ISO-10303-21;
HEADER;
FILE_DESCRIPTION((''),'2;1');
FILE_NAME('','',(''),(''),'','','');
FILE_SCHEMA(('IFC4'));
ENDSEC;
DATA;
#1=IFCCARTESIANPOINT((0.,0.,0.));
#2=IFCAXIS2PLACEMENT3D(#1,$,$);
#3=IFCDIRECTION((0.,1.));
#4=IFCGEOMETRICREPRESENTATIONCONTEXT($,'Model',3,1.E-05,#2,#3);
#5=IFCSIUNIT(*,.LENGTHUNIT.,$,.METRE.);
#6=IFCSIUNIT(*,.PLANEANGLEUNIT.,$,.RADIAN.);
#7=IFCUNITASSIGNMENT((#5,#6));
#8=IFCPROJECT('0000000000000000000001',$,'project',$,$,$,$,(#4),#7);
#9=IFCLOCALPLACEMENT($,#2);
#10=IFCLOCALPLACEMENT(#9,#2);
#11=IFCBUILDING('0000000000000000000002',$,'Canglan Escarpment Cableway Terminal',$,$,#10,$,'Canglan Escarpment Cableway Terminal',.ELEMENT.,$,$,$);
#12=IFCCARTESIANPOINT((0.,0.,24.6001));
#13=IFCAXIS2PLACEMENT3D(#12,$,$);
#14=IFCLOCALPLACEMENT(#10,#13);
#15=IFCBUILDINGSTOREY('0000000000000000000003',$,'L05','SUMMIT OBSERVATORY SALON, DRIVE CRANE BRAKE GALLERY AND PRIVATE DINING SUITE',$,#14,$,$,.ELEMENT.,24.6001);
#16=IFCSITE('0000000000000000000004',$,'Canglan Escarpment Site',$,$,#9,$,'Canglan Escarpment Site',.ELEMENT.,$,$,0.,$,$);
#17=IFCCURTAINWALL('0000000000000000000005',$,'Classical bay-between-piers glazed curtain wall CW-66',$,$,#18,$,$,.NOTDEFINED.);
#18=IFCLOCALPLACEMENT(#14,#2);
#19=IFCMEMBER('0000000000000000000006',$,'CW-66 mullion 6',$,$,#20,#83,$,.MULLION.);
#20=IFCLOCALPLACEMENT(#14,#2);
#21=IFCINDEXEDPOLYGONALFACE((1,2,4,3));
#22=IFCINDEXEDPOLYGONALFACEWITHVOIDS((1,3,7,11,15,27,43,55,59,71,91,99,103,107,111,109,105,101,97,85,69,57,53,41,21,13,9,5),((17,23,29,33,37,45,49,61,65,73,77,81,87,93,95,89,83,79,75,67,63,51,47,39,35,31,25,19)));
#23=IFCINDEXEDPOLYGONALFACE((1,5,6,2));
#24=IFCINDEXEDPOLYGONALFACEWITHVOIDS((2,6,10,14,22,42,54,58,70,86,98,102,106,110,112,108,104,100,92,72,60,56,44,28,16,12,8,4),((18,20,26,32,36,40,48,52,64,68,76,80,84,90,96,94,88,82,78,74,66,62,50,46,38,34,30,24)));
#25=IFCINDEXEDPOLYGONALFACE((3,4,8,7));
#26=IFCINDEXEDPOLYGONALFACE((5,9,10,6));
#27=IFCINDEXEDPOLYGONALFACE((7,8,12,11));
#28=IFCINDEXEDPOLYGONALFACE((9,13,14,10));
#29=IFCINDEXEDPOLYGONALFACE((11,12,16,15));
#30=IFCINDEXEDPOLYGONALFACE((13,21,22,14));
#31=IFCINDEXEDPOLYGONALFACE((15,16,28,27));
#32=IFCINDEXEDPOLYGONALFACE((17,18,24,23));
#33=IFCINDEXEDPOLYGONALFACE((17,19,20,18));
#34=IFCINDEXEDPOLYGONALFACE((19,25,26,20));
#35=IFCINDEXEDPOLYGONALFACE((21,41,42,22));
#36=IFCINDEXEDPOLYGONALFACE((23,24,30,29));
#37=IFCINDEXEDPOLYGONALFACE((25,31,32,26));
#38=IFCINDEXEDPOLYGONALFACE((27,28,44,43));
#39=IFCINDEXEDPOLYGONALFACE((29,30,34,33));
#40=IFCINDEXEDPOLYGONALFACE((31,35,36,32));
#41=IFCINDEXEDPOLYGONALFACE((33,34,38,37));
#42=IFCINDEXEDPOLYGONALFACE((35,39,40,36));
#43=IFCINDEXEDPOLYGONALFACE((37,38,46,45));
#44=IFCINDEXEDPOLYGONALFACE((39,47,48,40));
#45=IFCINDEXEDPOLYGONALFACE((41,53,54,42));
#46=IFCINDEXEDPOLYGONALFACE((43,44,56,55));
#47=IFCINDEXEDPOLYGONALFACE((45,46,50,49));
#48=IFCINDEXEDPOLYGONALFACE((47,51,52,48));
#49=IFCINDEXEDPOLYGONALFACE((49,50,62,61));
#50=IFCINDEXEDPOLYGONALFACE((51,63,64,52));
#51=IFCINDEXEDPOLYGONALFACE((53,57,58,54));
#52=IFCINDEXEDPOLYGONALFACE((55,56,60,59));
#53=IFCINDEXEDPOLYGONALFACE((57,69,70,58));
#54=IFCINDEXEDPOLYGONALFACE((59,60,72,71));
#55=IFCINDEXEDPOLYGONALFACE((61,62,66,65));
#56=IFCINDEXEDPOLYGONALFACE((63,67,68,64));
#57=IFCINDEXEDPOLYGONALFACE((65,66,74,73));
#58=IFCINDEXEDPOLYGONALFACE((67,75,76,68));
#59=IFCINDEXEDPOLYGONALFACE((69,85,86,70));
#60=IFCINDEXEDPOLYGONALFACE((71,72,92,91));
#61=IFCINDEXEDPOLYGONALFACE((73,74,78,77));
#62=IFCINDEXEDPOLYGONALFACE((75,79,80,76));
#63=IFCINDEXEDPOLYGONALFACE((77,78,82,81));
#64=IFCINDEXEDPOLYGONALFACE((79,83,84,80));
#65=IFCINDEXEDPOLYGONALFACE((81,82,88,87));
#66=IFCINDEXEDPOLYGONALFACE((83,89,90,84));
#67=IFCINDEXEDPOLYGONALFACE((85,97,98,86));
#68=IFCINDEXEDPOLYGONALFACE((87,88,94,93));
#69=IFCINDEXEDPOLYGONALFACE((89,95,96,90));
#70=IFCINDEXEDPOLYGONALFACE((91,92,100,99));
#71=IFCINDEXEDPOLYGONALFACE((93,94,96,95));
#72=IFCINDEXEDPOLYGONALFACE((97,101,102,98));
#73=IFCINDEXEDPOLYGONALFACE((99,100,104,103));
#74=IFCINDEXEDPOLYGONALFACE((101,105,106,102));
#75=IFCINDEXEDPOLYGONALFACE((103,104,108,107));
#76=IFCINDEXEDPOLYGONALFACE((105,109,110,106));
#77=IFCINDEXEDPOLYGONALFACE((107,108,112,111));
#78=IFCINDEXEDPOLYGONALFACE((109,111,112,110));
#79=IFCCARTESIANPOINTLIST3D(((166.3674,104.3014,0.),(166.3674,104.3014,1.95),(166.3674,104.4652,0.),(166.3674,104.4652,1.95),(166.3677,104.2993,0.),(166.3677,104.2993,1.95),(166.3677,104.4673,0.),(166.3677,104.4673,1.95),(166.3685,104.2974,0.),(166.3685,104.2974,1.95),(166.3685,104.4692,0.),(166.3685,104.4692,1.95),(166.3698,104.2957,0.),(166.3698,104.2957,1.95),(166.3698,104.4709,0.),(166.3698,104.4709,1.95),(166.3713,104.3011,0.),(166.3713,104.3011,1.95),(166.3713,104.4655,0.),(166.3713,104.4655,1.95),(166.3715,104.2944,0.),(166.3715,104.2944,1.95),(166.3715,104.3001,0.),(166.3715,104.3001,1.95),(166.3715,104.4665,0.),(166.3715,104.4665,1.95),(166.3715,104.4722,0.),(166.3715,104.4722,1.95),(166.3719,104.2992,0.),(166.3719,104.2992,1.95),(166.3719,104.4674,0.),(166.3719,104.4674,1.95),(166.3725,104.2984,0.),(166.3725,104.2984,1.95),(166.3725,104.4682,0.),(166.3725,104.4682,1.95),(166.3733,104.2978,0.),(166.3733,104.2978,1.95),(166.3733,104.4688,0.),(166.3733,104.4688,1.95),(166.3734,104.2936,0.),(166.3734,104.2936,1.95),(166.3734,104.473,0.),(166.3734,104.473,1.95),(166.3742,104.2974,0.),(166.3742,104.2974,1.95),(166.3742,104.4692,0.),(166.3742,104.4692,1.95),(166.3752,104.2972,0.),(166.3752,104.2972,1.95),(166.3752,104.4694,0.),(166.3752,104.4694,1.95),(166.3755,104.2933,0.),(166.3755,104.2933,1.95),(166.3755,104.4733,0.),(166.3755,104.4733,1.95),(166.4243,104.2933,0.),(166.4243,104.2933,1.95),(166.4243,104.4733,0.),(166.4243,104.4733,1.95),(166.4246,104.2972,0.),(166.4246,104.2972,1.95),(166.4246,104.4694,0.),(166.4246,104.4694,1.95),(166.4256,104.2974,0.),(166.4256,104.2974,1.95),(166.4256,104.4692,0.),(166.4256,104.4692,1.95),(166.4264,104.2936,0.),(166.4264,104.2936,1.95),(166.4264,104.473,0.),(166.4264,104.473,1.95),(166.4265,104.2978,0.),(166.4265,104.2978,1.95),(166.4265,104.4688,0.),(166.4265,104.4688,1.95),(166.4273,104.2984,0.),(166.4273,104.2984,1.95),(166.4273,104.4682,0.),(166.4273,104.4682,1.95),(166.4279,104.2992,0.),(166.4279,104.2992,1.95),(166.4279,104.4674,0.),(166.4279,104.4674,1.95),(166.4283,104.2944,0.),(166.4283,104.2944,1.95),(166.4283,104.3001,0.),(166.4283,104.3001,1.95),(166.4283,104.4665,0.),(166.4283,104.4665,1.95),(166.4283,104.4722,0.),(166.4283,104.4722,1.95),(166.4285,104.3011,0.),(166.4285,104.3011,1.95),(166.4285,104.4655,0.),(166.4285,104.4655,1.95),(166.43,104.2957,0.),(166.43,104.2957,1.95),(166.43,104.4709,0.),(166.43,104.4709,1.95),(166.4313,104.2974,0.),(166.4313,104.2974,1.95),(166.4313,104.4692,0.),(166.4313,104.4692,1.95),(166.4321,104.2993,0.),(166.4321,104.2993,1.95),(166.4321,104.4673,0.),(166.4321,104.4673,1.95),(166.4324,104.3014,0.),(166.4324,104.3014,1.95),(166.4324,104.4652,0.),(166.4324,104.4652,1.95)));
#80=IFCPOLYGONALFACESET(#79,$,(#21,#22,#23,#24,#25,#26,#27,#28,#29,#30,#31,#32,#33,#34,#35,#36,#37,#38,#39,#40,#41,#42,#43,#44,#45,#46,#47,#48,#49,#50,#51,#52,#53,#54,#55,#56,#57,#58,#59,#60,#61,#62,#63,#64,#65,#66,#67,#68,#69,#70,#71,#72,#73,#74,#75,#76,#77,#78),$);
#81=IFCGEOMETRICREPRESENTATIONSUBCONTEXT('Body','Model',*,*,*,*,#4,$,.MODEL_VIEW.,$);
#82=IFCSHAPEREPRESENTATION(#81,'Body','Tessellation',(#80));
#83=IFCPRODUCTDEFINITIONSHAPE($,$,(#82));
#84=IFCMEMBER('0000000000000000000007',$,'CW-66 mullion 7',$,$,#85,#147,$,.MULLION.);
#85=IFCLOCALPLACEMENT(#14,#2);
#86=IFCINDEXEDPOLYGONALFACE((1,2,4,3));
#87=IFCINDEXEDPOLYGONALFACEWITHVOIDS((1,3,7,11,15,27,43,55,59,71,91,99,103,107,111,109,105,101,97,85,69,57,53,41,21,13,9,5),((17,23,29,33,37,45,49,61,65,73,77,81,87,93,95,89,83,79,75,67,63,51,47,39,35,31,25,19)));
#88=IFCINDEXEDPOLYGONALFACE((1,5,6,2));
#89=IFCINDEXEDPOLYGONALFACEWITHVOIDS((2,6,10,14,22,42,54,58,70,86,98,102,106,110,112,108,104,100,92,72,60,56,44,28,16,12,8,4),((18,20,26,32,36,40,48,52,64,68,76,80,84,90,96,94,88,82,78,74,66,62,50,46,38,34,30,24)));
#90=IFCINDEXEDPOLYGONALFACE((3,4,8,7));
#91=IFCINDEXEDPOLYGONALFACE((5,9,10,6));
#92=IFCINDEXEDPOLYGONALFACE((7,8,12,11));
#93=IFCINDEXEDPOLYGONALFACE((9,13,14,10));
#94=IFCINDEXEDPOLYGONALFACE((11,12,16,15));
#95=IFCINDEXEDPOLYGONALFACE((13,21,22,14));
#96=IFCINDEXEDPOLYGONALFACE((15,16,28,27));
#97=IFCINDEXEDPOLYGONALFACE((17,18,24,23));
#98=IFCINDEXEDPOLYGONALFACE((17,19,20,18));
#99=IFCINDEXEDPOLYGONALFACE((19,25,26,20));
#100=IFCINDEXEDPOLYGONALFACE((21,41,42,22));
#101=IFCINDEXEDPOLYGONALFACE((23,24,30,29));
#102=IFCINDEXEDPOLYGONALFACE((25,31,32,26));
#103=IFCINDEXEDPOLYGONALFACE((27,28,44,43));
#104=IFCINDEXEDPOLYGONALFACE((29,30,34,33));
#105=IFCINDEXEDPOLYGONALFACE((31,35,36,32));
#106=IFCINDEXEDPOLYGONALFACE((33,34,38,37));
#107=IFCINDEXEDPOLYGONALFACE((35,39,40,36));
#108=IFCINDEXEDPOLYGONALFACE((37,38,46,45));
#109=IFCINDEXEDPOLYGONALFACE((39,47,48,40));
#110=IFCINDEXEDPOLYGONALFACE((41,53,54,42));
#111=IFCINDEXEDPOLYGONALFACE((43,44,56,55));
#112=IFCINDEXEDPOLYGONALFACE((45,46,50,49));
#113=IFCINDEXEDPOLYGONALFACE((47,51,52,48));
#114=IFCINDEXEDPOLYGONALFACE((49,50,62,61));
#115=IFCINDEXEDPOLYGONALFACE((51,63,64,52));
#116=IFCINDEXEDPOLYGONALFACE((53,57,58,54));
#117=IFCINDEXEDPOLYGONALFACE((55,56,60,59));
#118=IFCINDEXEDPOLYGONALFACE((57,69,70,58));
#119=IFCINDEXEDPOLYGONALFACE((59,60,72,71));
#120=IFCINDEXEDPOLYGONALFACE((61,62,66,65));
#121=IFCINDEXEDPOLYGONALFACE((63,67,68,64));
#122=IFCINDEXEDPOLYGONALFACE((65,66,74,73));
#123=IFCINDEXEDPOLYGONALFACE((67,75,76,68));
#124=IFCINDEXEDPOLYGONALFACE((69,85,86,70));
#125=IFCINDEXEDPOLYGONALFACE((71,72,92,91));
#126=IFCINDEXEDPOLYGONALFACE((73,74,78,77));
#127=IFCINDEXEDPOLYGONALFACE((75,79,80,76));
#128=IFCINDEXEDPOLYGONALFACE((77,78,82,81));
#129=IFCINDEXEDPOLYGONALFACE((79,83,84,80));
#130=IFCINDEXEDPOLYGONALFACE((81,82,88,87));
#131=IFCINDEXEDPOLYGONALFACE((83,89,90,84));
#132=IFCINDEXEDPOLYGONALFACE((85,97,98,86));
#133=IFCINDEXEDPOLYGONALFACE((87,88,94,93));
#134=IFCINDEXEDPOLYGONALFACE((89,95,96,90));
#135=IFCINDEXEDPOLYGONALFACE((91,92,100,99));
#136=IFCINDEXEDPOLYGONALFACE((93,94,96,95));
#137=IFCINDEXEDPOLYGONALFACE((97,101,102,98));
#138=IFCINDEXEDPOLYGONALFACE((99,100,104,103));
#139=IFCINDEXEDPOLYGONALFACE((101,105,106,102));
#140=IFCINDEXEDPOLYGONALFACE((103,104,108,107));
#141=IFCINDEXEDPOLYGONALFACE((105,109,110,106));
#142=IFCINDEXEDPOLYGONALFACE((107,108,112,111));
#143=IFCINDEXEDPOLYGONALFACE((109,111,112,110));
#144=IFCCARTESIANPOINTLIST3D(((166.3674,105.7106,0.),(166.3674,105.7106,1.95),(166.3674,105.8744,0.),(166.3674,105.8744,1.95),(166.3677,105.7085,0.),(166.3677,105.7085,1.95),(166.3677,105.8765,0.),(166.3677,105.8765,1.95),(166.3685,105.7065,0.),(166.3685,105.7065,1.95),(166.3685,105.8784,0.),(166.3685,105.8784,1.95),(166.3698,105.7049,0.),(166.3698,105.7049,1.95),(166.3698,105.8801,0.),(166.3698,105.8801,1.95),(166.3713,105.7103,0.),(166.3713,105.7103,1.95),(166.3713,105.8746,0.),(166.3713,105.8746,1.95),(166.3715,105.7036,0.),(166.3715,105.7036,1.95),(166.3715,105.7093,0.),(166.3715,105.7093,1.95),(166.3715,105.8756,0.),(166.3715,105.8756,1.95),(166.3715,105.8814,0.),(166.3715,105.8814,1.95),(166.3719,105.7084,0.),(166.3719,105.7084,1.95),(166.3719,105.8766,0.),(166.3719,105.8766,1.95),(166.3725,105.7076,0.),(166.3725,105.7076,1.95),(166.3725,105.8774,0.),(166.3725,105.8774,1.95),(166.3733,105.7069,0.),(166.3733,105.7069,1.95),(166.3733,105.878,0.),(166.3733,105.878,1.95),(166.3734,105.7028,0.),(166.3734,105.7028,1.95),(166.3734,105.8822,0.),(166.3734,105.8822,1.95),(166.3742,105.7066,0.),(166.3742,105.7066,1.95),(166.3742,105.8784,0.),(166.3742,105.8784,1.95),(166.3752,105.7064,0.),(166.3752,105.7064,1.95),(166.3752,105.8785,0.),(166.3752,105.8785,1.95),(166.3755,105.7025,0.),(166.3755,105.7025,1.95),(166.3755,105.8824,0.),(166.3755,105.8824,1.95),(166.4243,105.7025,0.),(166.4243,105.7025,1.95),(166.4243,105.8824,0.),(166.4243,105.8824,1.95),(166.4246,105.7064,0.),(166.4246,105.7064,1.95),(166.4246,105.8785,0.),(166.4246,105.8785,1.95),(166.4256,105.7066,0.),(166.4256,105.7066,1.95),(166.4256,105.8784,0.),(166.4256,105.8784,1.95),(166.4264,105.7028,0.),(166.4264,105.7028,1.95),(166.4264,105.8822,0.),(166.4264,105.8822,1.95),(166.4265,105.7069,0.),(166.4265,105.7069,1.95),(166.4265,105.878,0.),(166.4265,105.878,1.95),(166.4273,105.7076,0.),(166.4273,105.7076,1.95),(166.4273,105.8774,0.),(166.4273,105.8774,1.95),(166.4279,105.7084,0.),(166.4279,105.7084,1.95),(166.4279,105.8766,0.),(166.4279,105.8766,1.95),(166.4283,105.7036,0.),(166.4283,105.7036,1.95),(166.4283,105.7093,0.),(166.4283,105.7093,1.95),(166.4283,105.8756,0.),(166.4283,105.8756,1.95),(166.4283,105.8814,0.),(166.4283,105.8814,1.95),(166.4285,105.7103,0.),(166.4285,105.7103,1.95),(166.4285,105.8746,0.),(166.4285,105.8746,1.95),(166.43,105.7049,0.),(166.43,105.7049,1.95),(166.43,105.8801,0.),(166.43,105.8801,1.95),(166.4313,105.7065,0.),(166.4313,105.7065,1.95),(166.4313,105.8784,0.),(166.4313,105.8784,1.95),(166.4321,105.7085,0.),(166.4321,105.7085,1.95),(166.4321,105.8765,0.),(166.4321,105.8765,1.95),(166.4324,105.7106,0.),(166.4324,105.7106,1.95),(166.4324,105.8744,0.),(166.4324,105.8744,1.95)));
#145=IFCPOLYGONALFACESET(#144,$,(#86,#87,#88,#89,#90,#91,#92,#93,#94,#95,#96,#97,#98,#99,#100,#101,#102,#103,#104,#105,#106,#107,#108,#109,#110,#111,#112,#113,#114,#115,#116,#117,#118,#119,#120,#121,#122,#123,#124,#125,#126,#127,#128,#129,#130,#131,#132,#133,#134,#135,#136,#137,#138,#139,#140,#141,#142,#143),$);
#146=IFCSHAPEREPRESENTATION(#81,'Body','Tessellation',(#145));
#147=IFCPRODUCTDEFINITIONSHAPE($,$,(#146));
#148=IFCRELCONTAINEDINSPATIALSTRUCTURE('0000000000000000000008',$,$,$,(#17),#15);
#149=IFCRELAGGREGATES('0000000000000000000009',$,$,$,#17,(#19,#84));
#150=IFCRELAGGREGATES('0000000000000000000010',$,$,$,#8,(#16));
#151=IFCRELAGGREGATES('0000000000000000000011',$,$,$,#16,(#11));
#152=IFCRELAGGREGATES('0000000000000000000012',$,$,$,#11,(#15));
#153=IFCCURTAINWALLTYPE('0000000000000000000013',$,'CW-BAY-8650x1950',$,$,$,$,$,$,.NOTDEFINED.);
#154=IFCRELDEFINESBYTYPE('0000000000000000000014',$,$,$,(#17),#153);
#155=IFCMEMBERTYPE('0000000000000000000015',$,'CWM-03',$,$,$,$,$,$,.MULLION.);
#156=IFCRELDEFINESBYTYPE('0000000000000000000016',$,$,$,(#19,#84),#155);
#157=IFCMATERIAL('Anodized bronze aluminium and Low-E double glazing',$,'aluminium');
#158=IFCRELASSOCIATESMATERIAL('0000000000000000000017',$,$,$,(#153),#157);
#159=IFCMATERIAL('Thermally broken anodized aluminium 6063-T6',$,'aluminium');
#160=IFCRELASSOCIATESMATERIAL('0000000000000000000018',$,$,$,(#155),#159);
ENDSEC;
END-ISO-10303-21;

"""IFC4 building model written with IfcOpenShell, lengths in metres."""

from ifc_helpers import new_model, si_unit, direction, frame, origin, origin_2d, place, context, subcontext, project, spatial, hollow_rectangle, extrude, material, material_profile, profile_set, type_object, element, aggregate, save


model = new_model("IFC4")

# Units and contexts
model_context = context("Model", 3, precision=1e-05, world=origin(), true_north=direction((0.0, 1.0)))
body_context = subcontext(model_context, "Body", "Model", "MODEL_VIEW")
ifc_project = project(units=[si_unit("LENGTHUNIT", "METRE"), si_unit("PLANEANGLEUNIT", "RADIAN")], contexts=[model_context])

# Site, building, storey
site_placement = place(None, origin())
site = spatial("IfcSite", under=ifc_project, at=site_placement, Name="Canglan Escarpment Site", LongName="Canglan Escarpment Site", CompositionType="ELEMENT", RefElevation=0.0)
building_placement = place(site_placement, origin())
building = spatial("IfcBuilding", under=site, at=building_placement, Name="Canglan Escarpment Cableway Terminal", LongName="Canglan Escarpment Cableway Terminal", CompositionType="ELEMENT")
storey_placement = place(building_placement, frame((0.0, 0.0, 24.6001)))
storey = spatial("IfcBuildingStorey", under=building, at=storey_placement, Name="L05", Description="SUMMIT OBSERVATORY SALON, DRIVE CRANE BRAKE GALLERY AND PRIVATE DINING SUITE", CompositionType="ELEMENT", Elevation=24.6001)

# Shared definitions
ifc_material_1 = material(Name="Anodized bronze aluminium and Low-E double glazing", Category="aluminium")
curtain_wall_type = type_object("IfcCurtainWallType", Name="CW-BAY-8650x1950", PredefinedType="NOTDEFINED", material=ifc_material_1)
ifc_material_2 = material(Name="Thermally broken anodized aluminium 6063-T6", Category="aluminium")

# Curtain wall, members
curtain_wall_1_placement = place(storey_placement, origin())
curtain_wall_1 = element("IfcCurtainWall", 1, at=curtain_wall_1_placement, inside=storey, type_object=curtain_wall_type, Name="Classical bay-between-piers glazed curtain wall CW-66", PredefinedType="NOTDEFINED")
ifc_material_profile_1 = material_profile(ifc_material_2, hollow_rectangle(XDim=0.0649, YDim=0.1799, WallThickness=0.0039, InnerFilletRadius=0.0039, OuterFilletRadius=0.0081, at=origin_2d()), Name="ALU-MULL 65x180x4")
ifc_profile_set_1 = profile_set([ifc_material_profile_1], Name="Thermally broken anodized aluminium 6063-T6")
member_type_1 = type_object("IfcMemberType", Name="CWM-03", PredefinedType="MULLION", material=ifc_profile_set_1)
member_1_placement = place(storey_placement, frame((166.3999, 104.3833, 0.0), z_axis=(0.0, 0.0, 1.0), x_axis=(-1.0, 0.0, 0.0)))
member_1 = element("IfcMember", 2, at=member_1_placement, type_object=member_type_1, Name="CW-66 mullion 6", PredefinedType="MULLION", context=body_context, shape_type="SweptSolid", body=[
    extrude(hollow_rectangle(XDim=0.0649, YDim=0.1799, WallThickness=0.0039, InnerFilletRadius=0.0039, OuterFilletRadius=0.0081, at=origin_2d()), origin(), (0.0, 0.0, 1.0), 1.95),
])
member_2_placement = place(storey_placement, frame((166.3999, 105.7925, 0.0), z_axis=(0.0, 0.0, 1.0), x_axis=(-1.0, 0.0, 0.0)))
member_2 = element("IfcMember", 3, at=member_2_placement, type_object=member_type_1, Name="CW-66 mullion 7", PredefinedType="MULLION", context=body_context, shape_type="SweptSolid", body=[
    extrude(hollow_rectangle(XDim=0.0649, YDim=0.1799, WallThickness=0.0039, InnerFilletRadius=0.0039, OuterFilletRadius=0.0081, at=origin_2d()), origin(), (0.0, 0.0, 1.0), 1.95),
])

aggregate(curtain_wall_1, [member_1, member_2])

save(model, "model.ifc")
